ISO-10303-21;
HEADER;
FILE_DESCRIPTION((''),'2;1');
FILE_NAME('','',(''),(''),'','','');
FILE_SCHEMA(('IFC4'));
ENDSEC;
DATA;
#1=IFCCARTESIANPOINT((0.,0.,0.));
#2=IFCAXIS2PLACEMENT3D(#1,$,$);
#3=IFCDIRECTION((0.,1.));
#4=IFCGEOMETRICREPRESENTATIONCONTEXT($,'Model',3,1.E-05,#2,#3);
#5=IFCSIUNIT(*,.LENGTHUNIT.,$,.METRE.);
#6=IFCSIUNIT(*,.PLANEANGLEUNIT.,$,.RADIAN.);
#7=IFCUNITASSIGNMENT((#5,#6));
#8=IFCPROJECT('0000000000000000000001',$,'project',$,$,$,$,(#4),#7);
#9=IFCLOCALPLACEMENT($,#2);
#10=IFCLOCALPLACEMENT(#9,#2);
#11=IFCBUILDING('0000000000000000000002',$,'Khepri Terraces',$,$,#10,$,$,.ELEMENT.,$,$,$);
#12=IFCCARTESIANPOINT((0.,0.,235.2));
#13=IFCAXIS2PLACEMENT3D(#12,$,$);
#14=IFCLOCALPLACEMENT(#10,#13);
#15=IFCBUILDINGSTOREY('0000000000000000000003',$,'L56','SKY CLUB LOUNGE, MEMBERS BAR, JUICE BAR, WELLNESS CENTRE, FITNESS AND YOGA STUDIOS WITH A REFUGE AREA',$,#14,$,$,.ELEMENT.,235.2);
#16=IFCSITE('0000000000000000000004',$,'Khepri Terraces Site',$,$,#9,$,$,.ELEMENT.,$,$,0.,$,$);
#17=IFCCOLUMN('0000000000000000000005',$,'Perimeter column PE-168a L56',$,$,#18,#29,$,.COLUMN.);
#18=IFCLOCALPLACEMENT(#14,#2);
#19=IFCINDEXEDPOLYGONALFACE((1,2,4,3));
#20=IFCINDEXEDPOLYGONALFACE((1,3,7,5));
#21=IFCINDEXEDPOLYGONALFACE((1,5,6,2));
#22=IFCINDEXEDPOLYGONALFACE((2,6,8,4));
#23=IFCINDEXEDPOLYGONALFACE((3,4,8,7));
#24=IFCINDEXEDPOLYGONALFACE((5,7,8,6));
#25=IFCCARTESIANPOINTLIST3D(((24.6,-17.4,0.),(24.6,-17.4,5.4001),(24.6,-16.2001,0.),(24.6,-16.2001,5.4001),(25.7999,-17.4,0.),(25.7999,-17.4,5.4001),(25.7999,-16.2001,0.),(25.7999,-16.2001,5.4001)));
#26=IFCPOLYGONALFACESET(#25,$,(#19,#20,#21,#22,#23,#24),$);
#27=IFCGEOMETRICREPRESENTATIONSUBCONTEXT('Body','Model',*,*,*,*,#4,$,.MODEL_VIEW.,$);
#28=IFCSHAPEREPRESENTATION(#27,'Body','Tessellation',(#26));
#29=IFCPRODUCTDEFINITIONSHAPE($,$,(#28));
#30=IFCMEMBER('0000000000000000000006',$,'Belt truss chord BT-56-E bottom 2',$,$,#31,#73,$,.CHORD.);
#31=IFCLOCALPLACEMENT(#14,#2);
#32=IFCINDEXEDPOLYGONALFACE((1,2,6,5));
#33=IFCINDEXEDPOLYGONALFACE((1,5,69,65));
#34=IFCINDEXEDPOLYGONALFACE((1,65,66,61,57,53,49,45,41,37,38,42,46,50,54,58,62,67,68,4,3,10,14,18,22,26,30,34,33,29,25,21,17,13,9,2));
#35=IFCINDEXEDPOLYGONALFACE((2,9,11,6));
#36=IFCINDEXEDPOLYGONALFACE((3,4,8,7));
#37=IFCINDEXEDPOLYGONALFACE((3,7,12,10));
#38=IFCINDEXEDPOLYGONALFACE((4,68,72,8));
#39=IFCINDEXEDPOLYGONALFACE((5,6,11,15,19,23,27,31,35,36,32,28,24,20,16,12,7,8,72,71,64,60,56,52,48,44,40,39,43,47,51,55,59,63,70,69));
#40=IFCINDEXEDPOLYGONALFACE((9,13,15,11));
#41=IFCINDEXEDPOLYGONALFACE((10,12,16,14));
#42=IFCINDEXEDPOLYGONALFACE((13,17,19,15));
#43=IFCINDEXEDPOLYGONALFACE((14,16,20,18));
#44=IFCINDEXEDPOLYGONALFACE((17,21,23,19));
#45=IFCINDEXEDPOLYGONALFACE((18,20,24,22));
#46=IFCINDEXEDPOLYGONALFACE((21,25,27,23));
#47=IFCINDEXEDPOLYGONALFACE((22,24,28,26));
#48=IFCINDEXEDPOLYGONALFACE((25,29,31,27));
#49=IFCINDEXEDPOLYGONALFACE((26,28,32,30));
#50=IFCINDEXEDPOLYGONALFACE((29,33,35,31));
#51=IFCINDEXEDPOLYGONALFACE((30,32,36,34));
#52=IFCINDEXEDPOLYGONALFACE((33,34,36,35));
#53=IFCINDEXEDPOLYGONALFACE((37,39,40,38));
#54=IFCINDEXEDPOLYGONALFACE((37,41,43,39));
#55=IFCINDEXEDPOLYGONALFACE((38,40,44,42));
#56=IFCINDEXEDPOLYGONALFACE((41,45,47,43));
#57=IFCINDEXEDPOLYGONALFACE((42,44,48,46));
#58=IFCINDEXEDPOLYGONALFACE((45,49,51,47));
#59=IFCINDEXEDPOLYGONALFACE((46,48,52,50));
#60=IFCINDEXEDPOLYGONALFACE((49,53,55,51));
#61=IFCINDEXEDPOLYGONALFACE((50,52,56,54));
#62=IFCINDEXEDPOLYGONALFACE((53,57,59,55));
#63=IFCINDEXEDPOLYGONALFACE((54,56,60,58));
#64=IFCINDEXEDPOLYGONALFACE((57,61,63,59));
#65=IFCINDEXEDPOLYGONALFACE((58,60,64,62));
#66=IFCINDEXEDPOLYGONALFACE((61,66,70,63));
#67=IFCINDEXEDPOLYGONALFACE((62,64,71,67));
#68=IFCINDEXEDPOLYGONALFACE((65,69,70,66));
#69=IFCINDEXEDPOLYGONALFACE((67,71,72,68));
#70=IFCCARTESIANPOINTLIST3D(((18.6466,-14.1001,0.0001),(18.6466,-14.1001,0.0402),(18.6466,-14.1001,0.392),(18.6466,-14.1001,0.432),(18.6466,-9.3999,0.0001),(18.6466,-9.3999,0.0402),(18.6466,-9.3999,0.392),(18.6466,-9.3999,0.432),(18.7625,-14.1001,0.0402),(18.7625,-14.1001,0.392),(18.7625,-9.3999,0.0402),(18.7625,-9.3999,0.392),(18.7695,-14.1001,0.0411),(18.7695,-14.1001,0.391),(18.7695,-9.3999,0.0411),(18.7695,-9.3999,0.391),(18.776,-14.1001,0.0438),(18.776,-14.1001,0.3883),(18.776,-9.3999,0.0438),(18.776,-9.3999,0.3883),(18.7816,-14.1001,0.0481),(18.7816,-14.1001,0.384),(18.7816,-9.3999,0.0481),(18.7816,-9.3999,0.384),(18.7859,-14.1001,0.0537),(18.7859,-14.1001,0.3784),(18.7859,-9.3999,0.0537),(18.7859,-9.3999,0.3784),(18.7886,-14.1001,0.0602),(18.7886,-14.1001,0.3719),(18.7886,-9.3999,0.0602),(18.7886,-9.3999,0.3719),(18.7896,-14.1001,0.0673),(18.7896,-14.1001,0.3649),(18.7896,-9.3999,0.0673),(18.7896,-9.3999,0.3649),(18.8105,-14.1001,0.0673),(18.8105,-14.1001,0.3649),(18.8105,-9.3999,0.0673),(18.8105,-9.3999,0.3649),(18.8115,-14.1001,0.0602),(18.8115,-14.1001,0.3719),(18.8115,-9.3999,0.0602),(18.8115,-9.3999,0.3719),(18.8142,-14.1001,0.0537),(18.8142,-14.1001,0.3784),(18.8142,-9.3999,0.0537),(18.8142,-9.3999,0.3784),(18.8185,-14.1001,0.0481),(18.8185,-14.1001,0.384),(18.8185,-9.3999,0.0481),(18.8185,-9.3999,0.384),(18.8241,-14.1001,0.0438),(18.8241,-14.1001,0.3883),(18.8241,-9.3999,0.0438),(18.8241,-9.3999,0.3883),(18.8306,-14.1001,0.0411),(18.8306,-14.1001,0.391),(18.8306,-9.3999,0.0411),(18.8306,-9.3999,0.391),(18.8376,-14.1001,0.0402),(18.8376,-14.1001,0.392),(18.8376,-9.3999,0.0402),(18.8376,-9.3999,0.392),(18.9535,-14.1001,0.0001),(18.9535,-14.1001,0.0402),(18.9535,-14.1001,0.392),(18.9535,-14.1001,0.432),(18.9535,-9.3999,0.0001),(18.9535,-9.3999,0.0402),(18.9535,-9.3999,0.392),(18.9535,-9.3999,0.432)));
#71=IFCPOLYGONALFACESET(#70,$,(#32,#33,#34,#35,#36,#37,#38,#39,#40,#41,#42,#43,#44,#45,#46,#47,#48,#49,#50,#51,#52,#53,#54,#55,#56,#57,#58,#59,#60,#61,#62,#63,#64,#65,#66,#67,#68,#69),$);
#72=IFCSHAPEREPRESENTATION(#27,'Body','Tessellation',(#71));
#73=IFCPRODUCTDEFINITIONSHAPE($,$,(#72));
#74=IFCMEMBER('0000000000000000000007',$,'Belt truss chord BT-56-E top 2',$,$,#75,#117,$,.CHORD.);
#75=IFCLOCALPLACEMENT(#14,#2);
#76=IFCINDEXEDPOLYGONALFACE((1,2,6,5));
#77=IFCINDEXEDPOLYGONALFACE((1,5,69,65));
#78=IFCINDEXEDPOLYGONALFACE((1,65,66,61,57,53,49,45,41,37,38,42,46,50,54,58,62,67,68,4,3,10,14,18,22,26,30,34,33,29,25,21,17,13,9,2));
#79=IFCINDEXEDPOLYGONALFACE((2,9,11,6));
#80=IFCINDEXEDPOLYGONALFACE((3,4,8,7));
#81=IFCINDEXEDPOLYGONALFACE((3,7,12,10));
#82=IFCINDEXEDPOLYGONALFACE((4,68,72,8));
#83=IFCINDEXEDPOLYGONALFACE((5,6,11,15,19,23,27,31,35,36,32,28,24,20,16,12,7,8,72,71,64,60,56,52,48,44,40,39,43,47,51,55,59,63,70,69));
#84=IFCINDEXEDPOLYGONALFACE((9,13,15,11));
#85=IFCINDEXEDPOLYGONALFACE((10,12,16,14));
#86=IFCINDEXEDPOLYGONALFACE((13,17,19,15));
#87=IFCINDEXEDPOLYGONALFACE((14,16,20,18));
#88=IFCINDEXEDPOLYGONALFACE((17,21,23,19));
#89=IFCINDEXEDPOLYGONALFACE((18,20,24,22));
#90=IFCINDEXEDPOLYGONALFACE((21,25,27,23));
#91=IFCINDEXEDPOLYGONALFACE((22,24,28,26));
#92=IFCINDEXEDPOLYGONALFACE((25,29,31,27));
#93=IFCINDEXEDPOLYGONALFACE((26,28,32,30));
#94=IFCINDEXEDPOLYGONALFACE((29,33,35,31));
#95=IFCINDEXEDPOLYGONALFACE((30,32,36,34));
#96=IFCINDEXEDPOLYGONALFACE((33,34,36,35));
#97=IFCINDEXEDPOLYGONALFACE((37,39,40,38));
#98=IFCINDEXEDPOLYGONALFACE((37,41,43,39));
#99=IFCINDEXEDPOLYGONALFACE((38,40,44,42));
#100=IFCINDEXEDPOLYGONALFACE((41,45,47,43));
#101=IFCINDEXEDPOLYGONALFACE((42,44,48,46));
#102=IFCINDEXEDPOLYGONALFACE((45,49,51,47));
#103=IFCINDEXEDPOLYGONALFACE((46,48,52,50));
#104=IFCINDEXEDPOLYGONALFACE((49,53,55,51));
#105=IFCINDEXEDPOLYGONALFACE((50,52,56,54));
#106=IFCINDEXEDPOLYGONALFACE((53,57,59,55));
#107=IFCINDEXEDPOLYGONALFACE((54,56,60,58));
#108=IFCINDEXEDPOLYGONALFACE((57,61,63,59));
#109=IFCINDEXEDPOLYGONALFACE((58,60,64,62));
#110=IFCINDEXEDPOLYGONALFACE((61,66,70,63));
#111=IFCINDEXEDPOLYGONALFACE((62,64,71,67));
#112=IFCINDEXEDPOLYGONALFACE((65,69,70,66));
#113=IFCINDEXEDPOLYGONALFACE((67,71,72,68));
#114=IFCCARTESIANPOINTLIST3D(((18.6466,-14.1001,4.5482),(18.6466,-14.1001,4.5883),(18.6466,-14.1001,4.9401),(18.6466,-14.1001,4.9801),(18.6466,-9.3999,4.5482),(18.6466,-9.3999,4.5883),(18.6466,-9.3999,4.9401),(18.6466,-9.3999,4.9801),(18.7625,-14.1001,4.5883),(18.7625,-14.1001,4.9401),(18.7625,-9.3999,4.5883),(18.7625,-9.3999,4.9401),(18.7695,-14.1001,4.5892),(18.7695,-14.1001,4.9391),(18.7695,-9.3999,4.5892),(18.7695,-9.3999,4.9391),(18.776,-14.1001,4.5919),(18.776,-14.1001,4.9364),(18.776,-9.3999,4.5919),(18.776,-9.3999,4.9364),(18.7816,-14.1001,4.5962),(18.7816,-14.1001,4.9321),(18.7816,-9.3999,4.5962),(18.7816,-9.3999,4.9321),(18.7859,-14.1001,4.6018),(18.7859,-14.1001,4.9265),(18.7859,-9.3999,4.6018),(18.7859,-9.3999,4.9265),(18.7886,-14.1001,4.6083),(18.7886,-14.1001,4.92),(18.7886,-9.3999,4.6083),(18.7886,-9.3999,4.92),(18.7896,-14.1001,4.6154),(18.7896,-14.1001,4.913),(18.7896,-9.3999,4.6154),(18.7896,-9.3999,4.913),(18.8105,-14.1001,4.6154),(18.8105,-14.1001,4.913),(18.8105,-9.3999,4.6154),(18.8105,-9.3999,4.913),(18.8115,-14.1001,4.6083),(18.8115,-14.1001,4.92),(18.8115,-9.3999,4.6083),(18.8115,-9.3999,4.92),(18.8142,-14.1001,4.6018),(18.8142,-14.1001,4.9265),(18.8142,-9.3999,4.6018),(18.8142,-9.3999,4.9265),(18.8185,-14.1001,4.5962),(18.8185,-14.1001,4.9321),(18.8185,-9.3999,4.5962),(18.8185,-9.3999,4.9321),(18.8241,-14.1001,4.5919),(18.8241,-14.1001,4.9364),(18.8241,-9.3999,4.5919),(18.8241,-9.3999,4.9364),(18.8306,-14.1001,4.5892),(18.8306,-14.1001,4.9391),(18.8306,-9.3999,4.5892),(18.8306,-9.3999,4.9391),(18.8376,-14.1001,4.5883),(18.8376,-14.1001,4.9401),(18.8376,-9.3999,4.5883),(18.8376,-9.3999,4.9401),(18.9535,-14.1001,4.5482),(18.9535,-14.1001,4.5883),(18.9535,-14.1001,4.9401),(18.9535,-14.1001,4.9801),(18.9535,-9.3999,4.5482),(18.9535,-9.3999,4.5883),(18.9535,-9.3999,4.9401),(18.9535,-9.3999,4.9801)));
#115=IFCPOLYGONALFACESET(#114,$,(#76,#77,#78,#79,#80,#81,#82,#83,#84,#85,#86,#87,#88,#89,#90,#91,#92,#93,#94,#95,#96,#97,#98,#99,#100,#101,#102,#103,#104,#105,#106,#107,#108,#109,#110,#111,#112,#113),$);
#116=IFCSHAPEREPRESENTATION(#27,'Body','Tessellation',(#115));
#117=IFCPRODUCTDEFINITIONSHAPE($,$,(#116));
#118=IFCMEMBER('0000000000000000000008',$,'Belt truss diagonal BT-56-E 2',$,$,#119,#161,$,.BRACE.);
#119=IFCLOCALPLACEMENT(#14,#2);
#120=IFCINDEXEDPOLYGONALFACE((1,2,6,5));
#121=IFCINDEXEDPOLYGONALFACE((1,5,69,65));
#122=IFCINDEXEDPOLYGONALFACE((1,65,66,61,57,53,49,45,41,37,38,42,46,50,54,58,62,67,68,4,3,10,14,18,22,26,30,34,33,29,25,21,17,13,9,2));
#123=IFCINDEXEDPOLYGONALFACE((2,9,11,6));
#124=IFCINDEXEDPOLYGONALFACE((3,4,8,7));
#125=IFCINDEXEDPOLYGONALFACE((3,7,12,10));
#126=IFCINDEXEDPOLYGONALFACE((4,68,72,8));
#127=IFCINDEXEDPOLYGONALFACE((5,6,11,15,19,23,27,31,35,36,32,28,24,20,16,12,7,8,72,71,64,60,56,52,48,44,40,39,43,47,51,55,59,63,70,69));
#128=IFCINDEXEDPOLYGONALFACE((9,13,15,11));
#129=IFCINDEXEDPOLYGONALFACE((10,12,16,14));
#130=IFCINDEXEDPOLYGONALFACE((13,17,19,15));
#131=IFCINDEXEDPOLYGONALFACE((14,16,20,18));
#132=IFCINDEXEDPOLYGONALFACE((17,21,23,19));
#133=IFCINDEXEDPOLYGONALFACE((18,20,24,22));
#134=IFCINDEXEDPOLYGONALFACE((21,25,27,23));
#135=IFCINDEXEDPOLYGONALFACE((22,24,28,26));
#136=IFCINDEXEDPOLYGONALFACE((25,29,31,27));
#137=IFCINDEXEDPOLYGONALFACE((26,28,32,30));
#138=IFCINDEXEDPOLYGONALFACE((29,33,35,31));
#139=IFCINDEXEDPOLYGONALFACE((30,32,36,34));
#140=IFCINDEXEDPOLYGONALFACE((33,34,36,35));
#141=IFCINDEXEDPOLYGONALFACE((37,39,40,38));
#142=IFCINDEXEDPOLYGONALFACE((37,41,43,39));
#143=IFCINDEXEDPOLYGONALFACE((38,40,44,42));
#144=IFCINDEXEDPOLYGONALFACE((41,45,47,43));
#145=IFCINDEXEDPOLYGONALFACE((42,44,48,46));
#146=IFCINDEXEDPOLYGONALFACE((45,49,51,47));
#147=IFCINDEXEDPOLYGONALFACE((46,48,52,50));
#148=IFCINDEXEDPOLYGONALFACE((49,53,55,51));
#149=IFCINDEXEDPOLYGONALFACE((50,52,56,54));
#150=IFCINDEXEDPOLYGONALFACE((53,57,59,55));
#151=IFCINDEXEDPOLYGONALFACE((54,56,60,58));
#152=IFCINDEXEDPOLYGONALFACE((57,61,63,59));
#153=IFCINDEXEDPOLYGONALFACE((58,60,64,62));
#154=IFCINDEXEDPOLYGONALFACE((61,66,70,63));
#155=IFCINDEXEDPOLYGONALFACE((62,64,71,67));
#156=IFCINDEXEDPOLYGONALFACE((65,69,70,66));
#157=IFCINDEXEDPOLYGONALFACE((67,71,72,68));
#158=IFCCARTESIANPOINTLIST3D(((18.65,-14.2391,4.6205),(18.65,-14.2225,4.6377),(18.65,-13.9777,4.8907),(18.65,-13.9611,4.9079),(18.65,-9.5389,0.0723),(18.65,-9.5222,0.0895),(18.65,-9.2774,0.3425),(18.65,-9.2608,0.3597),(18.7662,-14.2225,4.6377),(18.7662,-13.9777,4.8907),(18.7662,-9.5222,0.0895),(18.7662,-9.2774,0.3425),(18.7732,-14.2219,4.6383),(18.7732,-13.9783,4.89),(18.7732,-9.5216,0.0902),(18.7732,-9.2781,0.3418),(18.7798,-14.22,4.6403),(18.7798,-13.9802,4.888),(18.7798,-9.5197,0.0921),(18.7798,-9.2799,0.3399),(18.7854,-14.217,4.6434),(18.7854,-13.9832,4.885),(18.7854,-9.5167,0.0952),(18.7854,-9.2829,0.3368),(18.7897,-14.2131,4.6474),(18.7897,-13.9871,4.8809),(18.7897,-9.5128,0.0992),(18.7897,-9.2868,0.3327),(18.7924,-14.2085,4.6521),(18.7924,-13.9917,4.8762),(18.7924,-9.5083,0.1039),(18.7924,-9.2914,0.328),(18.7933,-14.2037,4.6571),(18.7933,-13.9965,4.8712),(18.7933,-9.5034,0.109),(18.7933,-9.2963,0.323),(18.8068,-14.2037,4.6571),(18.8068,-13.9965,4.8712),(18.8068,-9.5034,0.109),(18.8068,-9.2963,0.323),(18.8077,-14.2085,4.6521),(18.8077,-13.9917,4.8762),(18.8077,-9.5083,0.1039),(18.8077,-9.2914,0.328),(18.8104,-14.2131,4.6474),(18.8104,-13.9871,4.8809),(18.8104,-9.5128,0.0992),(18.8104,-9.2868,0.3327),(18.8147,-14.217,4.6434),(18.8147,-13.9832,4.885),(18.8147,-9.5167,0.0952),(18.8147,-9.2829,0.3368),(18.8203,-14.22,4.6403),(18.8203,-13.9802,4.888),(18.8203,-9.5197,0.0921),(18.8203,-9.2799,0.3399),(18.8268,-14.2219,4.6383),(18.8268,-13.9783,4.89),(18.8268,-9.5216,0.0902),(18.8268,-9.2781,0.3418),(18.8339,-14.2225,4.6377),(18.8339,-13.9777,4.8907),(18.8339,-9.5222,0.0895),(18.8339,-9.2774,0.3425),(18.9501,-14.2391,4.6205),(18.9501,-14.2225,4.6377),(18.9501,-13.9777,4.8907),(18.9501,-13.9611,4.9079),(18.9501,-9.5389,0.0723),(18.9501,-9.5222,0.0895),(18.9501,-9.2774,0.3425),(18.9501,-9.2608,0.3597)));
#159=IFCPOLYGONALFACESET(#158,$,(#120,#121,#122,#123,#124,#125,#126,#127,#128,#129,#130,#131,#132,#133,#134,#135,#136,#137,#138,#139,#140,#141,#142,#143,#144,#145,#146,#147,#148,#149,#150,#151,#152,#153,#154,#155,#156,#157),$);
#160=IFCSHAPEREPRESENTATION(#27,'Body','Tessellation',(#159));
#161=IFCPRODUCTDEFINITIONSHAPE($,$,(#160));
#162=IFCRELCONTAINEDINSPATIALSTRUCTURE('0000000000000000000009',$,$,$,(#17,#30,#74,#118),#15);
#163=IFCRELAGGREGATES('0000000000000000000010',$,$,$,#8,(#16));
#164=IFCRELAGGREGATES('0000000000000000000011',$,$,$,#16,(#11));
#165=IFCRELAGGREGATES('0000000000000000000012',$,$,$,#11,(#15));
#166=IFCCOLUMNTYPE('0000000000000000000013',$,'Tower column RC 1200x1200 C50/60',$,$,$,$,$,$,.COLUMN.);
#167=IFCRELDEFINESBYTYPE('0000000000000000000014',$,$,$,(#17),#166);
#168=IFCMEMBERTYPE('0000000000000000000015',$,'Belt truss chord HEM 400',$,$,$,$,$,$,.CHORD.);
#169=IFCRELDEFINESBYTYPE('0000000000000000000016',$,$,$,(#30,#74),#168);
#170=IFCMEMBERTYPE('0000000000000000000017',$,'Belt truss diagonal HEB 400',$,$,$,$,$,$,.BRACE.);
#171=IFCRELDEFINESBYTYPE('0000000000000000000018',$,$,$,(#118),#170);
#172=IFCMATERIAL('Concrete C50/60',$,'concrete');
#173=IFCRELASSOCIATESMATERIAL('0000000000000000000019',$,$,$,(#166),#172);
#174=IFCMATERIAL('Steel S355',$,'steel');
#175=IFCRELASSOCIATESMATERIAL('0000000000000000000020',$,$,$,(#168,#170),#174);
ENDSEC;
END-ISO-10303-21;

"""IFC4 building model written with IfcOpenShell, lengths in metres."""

from ifc_helpers import new_model, si_unit, direction, frame, origin, origin_2d, place, context, subcontext, project, spatial, rectangle, i_section, extrude, material, material_profile, profile_set, type_object, element, save


model = new_model("IFC4")

# Units and contexts
model_context = context("Model", 3, precision=1e-05, world=origin(), true_north=direction((0.0, 1.0)))
body_context = subcontext(model_context, "Body", "Model", "MODEL_VIEW")
ifc_project = project(units=[si_unit("LENGTHUNIT", "METRE"), si_unit("PLANEANGLEUNIT", "RADIAN")], contexts=[model_context])

# Site, building, storey
site_placement = place(None, origin())
site = spatial("IfcSite", under=ifc_project, at=site_placement, Name="Khepri Terraces Site", CompositionType="ELEMENT", RefElevation=0.0)
building_placement = place(site_placement, origin())
building = spatial("IfcBuilding", under=site, at=building_placement, Name="Khepri Terraces", CompositionType="ELEMENT")
storey_placement = place(building_placement, frame((0.0, 0.0, 235.2)))
storey = spatial("IfcBuildingStorey", under=building, at=storey_placement, Name="L56", Description="SKY CLUB LOUNGE, MEMBERS BAR, JUICE BAR, WELLNESS CENTRE, FITNESS AND YOGA STUDIOS WITH A REFUGE AREA", CompositionType="ELEMENT", Elevation=235.2)

# Column
ifc_material_1 = material(Name="Concrete C50/60", Category="concrete")
ifc_material_profile_1 = material_profile(ifc_material_1, rectangle(XDim=1.2, YDim=1.2, at=origin_2d()), Name="Concrete C50/60", Category="concrete")
ifc_profile_set_1 = profile_set([ifc_material_profile_1], Name="Concrete C50/60")
column_type = type_object("IfcColumnType", Name="Tower column RC 1200x1200 C50/60", PredefinedType="COLUMN", material=ifc_profile_set_1)
column_placement = place(storey_placement, frame((25.2, -16.8, 0.0), z_axis=(0.0, 0.0, 1.0), x_axis=(1.0, 0.0, 0.0)))
element("IfcColumn", 1, at=column_placement, inside=storey, type_object=column_type, Name="Perimeter column PE-168a L56", PredefinedType="COLUMN", context=body_context, shape_type="SweptSolid", body=[
    extrude(rectangle(XDim=1.2, YDim=1.2, at=origin_2d()), origin(), (0.0, 0.0, 1.0), 5.4001),
])

# Members
ifc_material_2 = material(Name="Steel S355", Category="steel")
ifc_material_profile_2 = material_profile(ifc_material_2, i_section(OverallWidth=0.3069, OverallDepth=0.4319, WebThickness=0.021, FlangeThickness=0.04, FilletRadius=0.0271, at=origin_2d()), Name="Steel S355", Category="steel")
ifc_profile_set_2 = profile_set([ifc_material_profile_2], Name="Steel S355")
member_type_1 = type_object("IfcMemberType", Name="Belt truss chord HEM 400", PredefinedType="CHORD", material=ifc_profile_set_2)
for number, where, z_axis, x_axis, name in (
    (2, (18.8, -14.1001, 0.2161), (0.0, 1.0, 0.0), (-1.0, 0.0, 0.0), "Belt truss chord BT-56-E bottom 2"),
    (3, (18.8, -14.1001, 4.7642), (0.0, 1.0, 0.0), (-1.0, 0.0, 0.0), "Belt truss chord BT-56-E top 2"),
):
    element("IfcMember", number, at=place(storey_placement, frame(where, z_axis=z_axis, x_axis=x_axis)), inside=storey, type_object=member_type_1, Name=name, PredefinedType="CHORD", context=body_context, shape_type="SweptSolid", body=[
        extrude(i_section(OverallWidth=0.3069, OverallDepth=0.4319, WebThickness=0.021, FlangeThickness=0.04, FilletRadius=0.0271, at=origin_2d()), origin(), (0.0, 0.0, 1.0), 4.7002),
    ])
ifc_material_profile_3 = material_profile(ifc_material_2, i_section(OverallWidth=0.3, OverallDepth=0.3999, WebThickness=0.0134, FlangeThickness=0.0239, FilletRadius=0.0271, at=origin_2d()), Name="Steel S355", Category="steel")
ifc_profile_set_3 = profile_set([ifc_material_profile_3], Name="Steel S355")
member_type_2 = type_object("IfcMemberType", Name="Belt truss diagonal HEB 400", PredefinedType="BRACE", material=ifc_profile_set_3)
member_1_placement = place(storey_placement, frame((18.8, -14.1001, 4.7642), z_axis=(0.0, 0.718639, -0.695383), x_axis=(-1.0, 0.0, 0.0)))
element("IfcMember", 4, at=member_1_placement, inside=storey, type_object=member_type_2, Name="Belt truss diagonal BT-56-E 2", PredefinedType="BRACE", context=body_context, shape_type="SweptSolid", body=[
    extrude(i_section(OverallWidth=0.3, OverallDepth=0.3999, WebThickness=0.0134, FlangeThickness=0.0239, FilletRadius=0.0271, at=origin_2d()), origin(), (0.0, 0.0, 1.0), 6.5405),
])

save(model, "model.ifc")
